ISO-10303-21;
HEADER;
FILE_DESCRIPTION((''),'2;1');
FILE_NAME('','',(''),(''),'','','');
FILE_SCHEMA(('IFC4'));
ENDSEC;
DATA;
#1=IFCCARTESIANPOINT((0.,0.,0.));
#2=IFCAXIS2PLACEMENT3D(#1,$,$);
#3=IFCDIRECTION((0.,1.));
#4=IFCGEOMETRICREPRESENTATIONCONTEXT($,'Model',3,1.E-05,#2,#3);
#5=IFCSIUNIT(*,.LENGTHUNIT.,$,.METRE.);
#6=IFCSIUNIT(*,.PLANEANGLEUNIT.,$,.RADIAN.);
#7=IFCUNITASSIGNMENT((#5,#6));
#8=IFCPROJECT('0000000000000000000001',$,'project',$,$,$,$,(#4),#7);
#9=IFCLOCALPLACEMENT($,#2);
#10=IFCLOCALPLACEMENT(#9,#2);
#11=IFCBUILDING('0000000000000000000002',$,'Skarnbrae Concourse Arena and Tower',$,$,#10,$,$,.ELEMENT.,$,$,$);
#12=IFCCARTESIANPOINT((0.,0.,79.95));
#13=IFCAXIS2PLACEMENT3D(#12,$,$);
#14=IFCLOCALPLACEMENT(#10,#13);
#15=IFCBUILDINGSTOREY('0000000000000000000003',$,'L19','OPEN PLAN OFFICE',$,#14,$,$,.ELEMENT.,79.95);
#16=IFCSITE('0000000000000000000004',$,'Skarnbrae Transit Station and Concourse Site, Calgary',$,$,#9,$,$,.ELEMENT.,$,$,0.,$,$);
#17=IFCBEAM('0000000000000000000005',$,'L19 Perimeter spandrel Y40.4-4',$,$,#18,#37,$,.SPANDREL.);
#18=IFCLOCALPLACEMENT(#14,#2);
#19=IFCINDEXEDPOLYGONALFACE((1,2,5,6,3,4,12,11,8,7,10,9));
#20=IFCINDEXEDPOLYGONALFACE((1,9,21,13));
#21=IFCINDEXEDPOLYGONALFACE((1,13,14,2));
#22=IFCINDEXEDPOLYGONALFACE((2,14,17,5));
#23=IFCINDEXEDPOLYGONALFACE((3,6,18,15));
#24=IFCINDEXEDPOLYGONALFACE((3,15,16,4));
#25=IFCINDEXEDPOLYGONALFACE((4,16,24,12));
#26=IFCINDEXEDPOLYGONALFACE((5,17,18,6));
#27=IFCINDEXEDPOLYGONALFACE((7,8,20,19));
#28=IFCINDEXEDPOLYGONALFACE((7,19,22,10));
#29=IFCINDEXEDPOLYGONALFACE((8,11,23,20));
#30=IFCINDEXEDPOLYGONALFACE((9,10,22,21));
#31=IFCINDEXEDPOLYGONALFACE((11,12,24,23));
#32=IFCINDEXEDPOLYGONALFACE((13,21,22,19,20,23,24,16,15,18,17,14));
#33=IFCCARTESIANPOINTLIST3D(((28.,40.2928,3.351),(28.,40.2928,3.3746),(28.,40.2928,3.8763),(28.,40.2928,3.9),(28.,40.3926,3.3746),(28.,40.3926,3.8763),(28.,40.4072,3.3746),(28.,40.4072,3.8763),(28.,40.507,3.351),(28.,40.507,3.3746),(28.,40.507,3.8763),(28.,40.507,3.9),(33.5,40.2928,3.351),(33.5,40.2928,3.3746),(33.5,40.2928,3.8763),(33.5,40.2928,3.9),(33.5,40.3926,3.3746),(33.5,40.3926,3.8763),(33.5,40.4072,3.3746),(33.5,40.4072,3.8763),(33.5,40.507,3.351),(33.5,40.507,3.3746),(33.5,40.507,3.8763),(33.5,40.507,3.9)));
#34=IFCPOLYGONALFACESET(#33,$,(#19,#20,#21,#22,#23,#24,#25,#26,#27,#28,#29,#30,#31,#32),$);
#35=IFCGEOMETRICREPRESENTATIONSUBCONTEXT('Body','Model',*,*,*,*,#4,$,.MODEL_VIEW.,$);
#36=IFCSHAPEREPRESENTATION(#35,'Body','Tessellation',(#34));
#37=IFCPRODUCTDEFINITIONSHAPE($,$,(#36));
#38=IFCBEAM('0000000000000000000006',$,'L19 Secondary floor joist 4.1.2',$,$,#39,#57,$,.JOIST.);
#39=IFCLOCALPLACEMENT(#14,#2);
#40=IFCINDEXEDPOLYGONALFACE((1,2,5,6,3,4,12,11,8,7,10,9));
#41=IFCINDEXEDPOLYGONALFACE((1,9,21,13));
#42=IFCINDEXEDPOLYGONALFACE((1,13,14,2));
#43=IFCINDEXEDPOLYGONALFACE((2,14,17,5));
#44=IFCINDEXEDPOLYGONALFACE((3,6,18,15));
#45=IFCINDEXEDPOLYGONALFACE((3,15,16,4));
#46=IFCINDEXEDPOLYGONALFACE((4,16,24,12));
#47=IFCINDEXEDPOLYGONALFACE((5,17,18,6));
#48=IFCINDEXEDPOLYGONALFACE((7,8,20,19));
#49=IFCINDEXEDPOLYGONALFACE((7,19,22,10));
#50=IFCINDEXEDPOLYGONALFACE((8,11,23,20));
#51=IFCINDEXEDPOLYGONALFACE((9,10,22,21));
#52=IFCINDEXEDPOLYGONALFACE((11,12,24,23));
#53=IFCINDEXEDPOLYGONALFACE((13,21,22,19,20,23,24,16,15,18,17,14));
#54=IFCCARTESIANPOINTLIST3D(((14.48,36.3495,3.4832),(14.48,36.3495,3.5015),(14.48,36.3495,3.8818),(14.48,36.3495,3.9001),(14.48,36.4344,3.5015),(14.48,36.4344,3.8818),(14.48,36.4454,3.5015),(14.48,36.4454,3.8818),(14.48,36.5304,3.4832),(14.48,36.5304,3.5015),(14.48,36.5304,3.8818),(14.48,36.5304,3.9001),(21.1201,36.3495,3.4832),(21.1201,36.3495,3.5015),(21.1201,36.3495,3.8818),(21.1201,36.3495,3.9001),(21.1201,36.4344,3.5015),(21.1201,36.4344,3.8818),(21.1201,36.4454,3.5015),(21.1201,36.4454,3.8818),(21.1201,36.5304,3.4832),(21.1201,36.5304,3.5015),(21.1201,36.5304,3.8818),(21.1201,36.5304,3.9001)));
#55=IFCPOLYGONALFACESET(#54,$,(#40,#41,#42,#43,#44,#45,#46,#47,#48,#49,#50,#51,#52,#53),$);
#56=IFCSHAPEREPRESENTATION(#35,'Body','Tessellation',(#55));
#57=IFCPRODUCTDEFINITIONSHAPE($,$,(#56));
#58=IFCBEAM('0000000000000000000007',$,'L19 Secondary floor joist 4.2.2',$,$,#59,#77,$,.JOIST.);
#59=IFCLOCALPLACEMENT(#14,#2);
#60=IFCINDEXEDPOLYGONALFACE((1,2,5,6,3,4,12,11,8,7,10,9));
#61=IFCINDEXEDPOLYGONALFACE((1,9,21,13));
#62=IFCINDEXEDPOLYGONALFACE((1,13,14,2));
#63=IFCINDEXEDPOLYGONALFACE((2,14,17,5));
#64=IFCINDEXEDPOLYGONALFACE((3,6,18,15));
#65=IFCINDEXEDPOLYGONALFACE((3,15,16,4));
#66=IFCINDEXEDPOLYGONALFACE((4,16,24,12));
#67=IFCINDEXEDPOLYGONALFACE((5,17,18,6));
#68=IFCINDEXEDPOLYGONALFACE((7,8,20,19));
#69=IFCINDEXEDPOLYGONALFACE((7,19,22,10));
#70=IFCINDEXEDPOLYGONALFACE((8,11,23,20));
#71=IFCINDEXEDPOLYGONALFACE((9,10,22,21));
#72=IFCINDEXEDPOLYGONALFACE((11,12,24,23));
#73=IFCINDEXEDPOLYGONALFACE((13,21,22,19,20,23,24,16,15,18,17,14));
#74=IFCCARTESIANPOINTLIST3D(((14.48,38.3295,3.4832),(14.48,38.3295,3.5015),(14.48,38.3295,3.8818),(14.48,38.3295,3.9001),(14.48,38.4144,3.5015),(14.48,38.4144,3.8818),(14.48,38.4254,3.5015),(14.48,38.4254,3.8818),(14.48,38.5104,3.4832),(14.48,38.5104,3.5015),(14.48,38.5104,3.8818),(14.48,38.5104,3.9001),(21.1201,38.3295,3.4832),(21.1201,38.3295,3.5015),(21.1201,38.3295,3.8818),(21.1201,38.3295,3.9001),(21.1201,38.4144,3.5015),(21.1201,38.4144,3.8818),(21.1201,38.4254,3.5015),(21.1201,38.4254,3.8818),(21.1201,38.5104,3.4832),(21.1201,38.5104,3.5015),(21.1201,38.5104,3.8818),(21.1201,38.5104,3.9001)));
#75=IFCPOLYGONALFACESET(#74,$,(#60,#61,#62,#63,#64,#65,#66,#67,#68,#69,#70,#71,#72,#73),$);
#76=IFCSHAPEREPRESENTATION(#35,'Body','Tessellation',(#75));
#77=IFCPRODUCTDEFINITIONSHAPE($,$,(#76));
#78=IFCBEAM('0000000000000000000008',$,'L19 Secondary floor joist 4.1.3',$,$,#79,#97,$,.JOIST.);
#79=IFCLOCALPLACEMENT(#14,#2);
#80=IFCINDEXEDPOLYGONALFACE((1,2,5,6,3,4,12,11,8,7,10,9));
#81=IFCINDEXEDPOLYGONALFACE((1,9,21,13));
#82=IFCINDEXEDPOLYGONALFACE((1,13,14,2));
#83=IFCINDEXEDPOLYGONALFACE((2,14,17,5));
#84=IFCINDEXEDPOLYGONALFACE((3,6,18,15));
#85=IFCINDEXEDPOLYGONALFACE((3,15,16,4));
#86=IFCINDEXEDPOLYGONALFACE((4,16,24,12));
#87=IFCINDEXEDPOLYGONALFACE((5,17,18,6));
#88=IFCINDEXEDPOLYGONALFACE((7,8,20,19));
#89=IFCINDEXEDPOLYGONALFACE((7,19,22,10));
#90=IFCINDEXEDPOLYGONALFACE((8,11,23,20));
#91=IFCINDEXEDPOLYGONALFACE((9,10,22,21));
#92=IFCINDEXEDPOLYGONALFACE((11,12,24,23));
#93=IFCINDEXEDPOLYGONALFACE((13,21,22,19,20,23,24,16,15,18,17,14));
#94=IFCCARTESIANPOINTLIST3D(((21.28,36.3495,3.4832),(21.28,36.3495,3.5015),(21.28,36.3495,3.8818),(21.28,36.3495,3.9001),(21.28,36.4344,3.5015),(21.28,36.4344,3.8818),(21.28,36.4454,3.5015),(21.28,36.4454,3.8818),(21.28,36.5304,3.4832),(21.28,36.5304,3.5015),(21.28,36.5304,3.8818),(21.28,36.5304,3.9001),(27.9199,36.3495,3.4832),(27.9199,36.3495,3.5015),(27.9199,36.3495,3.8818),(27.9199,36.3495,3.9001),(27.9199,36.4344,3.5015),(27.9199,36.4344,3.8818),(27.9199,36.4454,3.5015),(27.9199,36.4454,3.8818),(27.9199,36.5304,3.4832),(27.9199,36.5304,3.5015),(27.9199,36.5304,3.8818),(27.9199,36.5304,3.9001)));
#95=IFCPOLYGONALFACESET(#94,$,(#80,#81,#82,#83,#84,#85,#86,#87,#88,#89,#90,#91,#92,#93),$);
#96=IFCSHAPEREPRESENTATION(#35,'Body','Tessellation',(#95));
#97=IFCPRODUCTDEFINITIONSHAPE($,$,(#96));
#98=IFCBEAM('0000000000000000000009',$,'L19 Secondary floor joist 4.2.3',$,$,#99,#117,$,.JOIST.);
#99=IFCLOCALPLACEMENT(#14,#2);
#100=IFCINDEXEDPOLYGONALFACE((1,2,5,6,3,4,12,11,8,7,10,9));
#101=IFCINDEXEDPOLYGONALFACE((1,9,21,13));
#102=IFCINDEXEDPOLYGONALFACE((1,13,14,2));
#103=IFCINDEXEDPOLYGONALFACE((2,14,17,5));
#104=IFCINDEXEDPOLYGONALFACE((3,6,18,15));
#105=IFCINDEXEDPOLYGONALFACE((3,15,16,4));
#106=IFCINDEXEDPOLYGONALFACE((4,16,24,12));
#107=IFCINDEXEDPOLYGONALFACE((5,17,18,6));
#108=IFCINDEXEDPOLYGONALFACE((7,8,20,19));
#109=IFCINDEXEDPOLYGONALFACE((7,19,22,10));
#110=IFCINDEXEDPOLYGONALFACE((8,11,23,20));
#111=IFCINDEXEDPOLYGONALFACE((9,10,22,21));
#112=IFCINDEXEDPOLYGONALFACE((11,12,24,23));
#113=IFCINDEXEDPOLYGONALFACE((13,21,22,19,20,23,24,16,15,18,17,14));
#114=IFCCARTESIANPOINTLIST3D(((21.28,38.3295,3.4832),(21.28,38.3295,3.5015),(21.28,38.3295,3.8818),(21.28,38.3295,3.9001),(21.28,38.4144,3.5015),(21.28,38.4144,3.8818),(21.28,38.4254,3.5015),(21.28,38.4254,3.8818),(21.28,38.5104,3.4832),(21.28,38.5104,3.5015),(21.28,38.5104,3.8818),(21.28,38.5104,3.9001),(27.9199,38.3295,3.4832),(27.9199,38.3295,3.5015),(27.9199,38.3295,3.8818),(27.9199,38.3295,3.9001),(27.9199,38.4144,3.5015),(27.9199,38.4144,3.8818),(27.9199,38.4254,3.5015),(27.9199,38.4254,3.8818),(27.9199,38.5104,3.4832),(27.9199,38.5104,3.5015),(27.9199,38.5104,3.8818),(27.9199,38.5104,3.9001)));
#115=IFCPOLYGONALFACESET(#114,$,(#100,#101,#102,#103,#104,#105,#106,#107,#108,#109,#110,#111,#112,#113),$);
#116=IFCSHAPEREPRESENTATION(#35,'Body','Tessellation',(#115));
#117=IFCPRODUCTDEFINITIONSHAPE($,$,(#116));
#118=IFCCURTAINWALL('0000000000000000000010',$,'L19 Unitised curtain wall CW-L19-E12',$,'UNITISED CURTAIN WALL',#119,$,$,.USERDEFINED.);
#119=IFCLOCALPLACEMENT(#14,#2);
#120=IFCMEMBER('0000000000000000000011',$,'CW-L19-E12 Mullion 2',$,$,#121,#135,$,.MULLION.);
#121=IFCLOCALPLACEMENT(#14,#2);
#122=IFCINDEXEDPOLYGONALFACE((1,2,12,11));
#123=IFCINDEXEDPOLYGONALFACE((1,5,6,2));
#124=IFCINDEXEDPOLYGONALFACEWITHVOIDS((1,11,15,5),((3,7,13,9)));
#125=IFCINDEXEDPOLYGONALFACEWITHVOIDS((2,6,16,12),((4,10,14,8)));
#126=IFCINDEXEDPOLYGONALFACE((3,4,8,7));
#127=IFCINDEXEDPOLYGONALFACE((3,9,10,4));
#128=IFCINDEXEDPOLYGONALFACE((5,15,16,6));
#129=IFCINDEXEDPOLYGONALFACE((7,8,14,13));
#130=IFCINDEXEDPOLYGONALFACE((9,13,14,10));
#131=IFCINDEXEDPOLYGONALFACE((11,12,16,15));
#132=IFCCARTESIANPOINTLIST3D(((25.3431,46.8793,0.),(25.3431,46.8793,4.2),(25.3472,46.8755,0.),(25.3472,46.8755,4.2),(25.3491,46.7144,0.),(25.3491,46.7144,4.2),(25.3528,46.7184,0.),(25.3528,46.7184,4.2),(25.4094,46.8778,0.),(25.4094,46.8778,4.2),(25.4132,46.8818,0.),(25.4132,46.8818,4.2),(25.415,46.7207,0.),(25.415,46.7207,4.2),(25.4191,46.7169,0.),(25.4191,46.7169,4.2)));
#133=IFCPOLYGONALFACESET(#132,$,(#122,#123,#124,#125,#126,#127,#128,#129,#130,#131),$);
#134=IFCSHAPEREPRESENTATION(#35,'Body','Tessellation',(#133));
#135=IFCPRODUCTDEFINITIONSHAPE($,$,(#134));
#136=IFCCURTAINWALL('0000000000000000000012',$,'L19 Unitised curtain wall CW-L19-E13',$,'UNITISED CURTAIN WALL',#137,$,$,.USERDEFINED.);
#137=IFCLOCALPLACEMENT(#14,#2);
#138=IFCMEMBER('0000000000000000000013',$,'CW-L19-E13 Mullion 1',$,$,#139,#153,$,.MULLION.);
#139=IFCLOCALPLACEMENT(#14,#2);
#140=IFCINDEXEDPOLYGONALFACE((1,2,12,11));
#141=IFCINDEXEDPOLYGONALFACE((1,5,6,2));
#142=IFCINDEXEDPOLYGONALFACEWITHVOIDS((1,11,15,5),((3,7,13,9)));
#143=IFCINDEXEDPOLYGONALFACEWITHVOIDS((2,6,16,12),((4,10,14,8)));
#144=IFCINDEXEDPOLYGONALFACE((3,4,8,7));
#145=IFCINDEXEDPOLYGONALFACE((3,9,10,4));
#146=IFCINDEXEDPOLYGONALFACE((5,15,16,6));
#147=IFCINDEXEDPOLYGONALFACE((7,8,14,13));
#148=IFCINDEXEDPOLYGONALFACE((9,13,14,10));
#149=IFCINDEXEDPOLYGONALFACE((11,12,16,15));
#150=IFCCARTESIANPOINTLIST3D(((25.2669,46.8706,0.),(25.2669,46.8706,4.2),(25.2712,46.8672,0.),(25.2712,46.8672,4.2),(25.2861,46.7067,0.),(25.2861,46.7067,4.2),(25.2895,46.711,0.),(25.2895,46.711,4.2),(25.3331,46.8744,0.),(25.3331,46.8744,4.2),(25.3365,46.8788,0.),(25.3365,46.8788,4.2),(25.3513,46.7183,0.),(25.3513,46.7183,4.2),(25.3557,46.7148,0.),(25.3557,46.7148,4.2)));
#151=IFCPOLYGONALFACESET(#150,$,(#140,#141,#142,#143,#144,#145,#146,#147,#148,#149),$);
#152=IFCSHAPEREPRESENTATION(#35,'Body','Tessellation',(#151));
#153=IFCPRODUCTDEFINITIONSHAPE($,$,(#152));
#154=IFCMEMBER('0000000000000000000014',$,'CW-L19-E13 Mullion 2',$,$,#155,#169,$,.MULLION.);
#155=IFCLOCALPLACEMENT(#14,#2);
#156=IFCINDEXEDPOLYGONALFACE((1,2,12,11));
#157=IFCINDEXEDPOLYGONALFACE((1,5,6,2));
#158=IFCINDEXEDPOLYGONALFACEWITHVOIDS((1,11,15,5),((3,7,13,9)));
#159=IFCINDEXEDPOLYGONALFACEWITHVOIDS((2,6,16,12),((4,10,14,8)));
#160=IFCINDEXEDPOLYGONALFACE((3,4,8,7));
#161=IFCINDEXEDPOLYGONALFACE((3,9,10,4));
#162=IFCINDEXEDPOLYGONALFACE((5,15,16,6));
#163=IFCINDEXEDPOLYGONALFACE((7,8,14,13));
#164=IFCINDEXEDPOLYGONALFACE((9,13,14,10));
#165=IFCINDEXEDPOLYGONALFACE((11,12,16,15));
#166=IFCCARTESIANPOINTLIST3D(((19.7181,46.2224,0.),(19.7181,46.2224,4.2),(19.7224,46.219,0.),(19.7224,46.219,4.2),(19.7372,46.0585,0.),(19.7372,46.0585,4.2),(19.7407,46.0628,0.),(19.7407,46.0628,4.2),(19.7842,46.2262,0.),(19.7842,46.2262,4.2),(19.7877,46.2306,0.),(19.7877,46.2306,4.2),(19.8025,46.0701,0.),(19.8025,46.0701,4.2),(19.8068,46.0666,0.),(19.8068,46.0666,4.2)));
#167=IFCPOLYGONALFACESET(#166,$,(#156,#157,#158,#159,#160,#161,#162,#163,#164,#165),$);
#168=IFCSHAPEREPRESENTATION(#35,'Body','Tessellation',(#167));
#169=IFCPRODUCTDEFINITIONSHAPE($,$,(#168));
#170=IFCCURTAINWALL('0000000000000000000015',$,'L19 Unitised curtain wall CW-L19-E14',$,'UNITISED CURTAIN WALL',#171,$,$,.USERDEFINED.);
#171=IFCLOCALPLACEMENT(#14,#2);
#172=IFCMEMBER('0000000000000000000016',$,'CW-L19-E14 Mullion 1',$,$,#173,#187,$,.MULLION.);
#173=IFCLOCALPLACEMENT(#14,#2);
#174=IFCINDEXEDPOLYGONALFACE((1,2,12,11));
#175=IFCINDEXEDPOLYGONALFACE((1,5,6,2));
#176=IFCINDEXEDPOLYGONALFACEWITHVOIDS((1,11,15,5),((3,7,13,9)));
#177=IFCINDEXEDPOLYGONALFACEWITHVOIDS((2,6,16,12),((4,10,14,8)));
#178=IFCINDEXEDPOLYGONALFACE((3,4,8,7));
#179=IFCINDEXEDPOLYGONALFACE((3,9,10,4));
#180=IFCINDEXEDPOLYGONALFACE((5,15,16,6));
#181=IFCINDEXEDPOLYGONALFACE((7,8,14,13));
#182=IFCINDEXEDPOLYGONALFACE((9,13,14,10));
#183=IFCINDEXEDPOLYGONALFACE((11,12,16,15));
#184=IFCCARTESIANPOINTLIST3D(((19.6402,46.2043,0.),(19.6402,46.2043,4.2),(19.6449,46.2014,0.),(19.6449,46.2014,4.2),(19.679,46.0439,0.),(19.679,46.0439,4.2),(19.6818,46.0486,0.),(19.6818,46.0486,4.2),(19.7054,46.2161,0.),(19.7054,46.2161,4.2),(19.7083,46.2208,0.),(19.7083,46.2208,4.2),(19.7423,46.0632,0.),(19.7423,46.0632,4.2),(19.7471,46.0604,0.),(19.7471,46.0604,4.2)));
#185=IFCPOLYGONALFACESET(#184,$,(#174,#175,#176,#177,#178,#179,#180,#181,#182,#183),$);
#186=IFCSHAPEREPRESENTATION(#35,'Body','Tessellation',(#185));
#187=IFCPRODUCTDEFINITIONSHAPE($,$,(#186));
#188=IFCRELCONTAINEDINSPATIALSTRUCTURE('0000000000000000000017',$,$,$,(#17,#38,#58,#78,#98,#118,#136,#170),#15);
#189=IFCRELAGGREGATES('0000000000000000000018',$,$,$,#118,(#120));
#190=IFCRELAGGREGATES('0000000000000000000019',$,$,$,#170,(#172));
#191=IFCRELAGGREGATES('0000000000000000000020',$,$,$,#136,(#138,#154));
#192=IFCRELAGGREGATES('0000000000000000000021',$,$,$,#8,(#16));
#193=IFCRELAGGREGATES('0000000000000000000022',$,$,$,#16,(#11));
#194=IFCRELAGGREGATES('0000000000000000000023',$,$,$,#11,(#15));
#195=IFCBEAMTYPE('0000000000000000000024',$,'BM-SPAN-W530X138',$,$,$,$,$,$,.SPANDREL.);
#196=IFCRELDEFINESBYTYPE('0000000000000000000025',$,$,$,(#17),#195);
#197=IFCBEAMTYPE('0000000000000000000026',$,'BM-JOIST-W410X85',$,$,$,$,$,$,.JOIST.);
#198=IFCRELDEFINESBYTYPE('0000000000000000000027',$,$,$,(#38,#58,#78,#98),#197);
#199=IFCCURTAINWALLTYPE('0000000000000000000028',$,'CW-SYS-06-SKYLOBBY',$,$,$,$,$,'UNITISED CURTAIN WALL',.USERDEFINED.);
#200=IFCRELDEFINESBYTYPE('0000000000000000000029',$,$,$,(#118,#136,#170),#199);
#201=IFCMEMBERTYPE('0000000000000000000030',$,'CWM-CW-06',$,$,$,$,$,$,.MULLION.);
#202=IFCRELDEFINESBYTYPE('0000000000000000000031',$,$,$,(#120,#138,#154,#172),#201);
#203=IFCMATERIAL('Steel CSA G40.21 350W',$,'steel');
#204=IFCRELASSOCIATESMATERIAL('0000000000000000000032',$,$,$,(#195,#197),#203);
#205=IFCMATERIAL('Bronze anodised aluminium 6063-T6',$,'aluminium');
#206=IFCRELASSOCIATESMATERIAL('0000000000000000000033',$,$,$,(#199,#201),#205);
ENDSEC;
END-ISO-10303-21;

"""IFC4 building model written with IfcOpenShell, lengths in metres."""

from ifc_helpers import new_model, si_unit, direction, frame, origin, origin_2d, place, context, subcontext, project, spatial, hollow_rectangle, i_section, extrude, source, transform, mapped, material, material_profile, profile_set, type_object, element, aggregate, save


model = new_model("IFC4")

# Units and contexts
model_context = context("Model", 3, precision=1e-05, world=origin(), true_north=direction((0.0, 1.0)))
body_context = subcontext(model_context, "Body", "Model", "MODEL_VIEW")
ifc_project = project(units=[si_unit("LENGTHUNIT", "METRE"), si_unit("PLANEANGLEUNIT", "RADIAN")], contexts=[model_context])

# Site, building, storey
site_placement = place(None, origin())
site = spatial("IfcSite", under=ifc_project, at=site_placement, Name="Skarnbrae Transit Station and Concourse Site, Calgary", CompositionType="ELEMENT", RefElevation=0.0)
building_placement = place(site_placement, origin())
building = spatial("IfcBuilding", under=site, at=building_placement, Name="Skarnbrae Concourse Arena and Tower", CompositionType="ELEMENT")
storey_placement = place(building_placement, frame((0.0, 0.0, 79.95)))
storey = spatial("IfcBuildingStorey", under=building, at=storey_placement, Name="L19", Description="OPEN PLAN OFFICE", CompositionType="ELEMENT", Elevation=79.95)

# Shared definitions
ifc_material_1 = material(Name="Steel CSA G40.21 350W", Category="steel")

# Beams
ifc_material_profile_1 = material_profile(ifc_material_1, i_section(OverallWidth=0.2141, OverallDepth=0.5491, WebThickness=0.0146, FlangeThickness=0.0237, at=origin_2d()), Name="W530X138")
ifc_profile_set_1 = profile_set([ifc_material_profile_1], Name="Steel CSA G40.21 350W")
beam_type_1 = type_object("IfcBeamType", Name="BM-SPAN-W530X138", PredefinedType="SPANDREL", material=ifc_profile_set_1)
shared_shape_1 = source(origin(), body_context, "Body", "SweptSolid", [
    extrude(i_section(OverallWidth=0.2141, OverallDepth=0.5491, WebThickness=0.0146, FlangeThickness=0.0237, at=origin_2d()), origin(), (0.0, 0.0, 1.0), 5.5),
])
beam_1_placement = place(storey_placement, frame((28.0, 40.3999, 3.6255), z_axis=(1.0, 0.0, 0.0), x_axis=(0.0, 1.0, 0.0)))
element("IfcBeam", 1, at=beam_1_placement, inside=storey, type_object=beam_type_1, Name="L19 Perimeter spandrel Y40.4-4", PredefinedType="SPANDREL", context=body_context, shape_type="MappedRepresentation", body=[
    mapped(shared_shape_1, transform((0.0, 0.0, 0.0))),
])
ifc_material_profile_2 = material_profile(ifc_material_1, i_section(OverallWidth=0.1809, OverallDepth=0.417, WebThickness=0.011, FlangeThickness=0.0183, at=origin_2d()), Name="W410X85")
ifc_profile_set_2 = profile_set([ifc_material_profile_2], Name="Steel CSA G40.21 350W")
beam_type_2 = type_object("IfcBeamType", Name="BM-JOIST-W410X85", PredefinedType="JOIST", material=ifc_profile_set_2)
shared_shape_2 = source(origin(), body_context, "Body", "SweptSolid", [
    extrude(i_section(OverallWidth=0.1809, OverallDepth=0.417, WebThickness=0.011, FlangeThickness=0.0183, at=origin_2d()), origin(), (0.0, 0.0, 1.0), 6.6401),
])
for number, where, z_axis, x_axis, name in (
    (2, (14.48, 36.4399, 3.6917), (1.0, 0.0, 0.0), (0.0, 1.0, 0.0), "L19 Secondary floor joist 4.1.2"),
    (3, (14.48, 38.4199, 3.6917), (1.0, 0.0, 0.0), (0.0, 1.0, 0.0), "L19 Secondary floor joist 4.2.2"),
):
    element("IfcBeam", number, at=place(storey_placement, frame(where, z_axis=z_axis, x_axis=x_axis)), inside=storey, type_object=beam_type_2, Name=name, PredefinedType="JOIST", context=body_context, shape_type="MappedRepresentation", body=[
        mapped(shared_shape_2, transform((0.0, 0.0, 0.0))),
    ])
shared_shape_3 = source(origin(), body_context, "Body", "SweptSolid", [
    extrude(i_section(OverallWidth=0.1809, OverallDepth=0.417, WebThickness=0.011, FlangeThickness=0.0183, at=origin_2d()), origin(), (0.0, 0.0, 1.0), 6.6399),
])
for number, where, z_axis, x_axis, name in (
    (4, (21.28, 36.4399, 3.6917), (1.0, 0.0, 0.0), (0.0, 1.0, 0.0), "L19 Secondary floor joist 4.1.3"),
    (5, (21.28, 38.4199, 3.6917), (1.0, 0.0, 0.0), (0.0, 1.0, 0.0), "L19 Secondary floor joist 4.2.3"),
):
    element("IfcBeam", number, at=place(storey_placement, frame(where, z_axis=z_axis, x_axis=x_axis)), inside=storey, type_object=beam_type_2, Name=name, PredefinedType="JOIST", context=body_context, shape_type="MappedRepresentation", body=[
        mapped(shared_shape_3, transform((0.0, 0.0, 0.0))),
    ])

# Curtain wall, member
ifc_material_2 = material(Name="Bronze anodised aluminium 6063-T6", Category="aluminium")
curtain_wall_type = type_object("IfcCurtainWallType", Name="CW-SYS-06-SKYLOBBY", ElementType="UNITISED CURTAIN WALL", PredefinedType="USERDEFINED", material=ifc_material_2)
curtain_wall_1_placement = place(storey_placement, origin())
curtain_wall_1 = element("IfcCurtainWall", 6, at=curtain_wall_1_placement, inside=storey, type_object=curtain_wall_type, Name="L19 Unitised curtain wall CW-L19-E12", ObjectType="UNITISED CURTAIN WALL", PredefinedType="USERDEFINED")
ifc_material_profile_3 = material_profile(ifc_material_2, hollow_rectangle(XDim=0.0701, YDim=0.165, WallThickness=0.0039, at=origin_2d()), Name="ALU-MULL-70X165")
ifc_profile_set_3 = profile_set([ifc_material_profile_3], Name="Bronze anodised aluminium 6063-T6")
member_type_1 = type_object("IfcMemberType", Name="CWM-CW-06", PredefinedType="MULLION", material=ifc_profile_set_3)
shared_shape_4 = source(origin(), body_context, "Body", "SweptSolid", [
    extrude(hollow_rectangle(XDim=0.0701, YDim=0.165, WallThickness=0.0039, at=origin_2d()), origin(), (0.0, 0.0, 1.0), 4.2),
])
member_1_placement = place(storey_placement, frame((25.3811, 46.7981, 0.0), z_axis=(0.0, 0.0, 1.0), x_axis=(-0.999355, -0.035899, 0.0)))
member_1 = element("IfcMember", 7, at=member_1_placement, type_object=member_type_1, Name="CW-L19-E12 Mullion 2", PredefinedType="MULLION", context=body_context, shape_type="MappedRepresentation", body=[
    mapped(shared_shape_4, transform((0.0, 0.0, 0.0))),
])
aggregate(curtain_wall_1, [member_1])

# Curtain walls, members
curtain_wall_2_placement = place(storey_placement, origin())
curtain_wall_2 = element("IfcCurtainWall", 8, at=curtain_wall_2_placement, inside=storey, type_object=curtain_wall_type, Name="L19 Unitised curtain wall CW-L19-E13", ObjectType="UNITISED CURTAIN WALL", PredefinedType="USERDEFINED")
member_2_placement = place(storey_placement, frame((25.3113, 46.7927, 0.0), z_axis=(0.0, 0.0, 1.0), x_axis=(-0.993245, -0.11604, 0.0)))
member_2 = element("IfcMember", 9, at=member_2_placement, type_object=member_type_1, Name="CW-L19-E13 Mullion 1", PredefinedType="MULLION", context=body_context, shape_type="MappedRepresentation", body=[
    mapped(shared_shape_4, transform((0.0, 0.0, 0.0))),
])
member_3_placement = place(storey_placement, frame((19.7625, 46.1445, 0.0), z_axis=(0.0, 0.0, 1.0), x_axis=(-0.993245, -0.11604, 0.0)))
member_3 = element("IfcMember", 10, at=member_3_placement, type_object=member_type_1, Name="CW-L19-E13 Mullion 2", PredefinedType="MULLION", context=body_context, shape_type="MappedRepresentation", body=[
    mapped(shared_shape_4, transform((0.0, 0.0, 0.0))),
])
curtain_wall_3_placement = place(storey_placement, origin())
curtain_wall_3 = element("IfcCurtainWall", 11, at=curtain_wall_3_placement, inside=storey, type_object=curtain_wall_type, Name="L19 Unitised curtain wall CW-L19-E14", ObjectType="UNITISED CURTAIN WALL", PredefinedType="USERDEFINED")
member_4_placement = place(storey_placement, frame((19.6936, 46.1323, 0.0), z_axis=(0.0, 0.0, 1.0), x_axis=(-0.971974, -0.23509, 0.0)))
member_4 = element("IfcMember", 12, at=member_4_placement, type_object=member_type_1, Name="CW-L19-E14 Mullion 1", PredefinedType="MULLION", context=body_context, shape_type="MappedRepresentation", body=[
    mapped(shared_shape_4, transform((0.0, 0.0, 0.0))),
])

aggregate(curtain_wall_3, [member_4])
aggregate(curtain_wall_2, [member_2, member_3])

save(model, "model.ifc")
